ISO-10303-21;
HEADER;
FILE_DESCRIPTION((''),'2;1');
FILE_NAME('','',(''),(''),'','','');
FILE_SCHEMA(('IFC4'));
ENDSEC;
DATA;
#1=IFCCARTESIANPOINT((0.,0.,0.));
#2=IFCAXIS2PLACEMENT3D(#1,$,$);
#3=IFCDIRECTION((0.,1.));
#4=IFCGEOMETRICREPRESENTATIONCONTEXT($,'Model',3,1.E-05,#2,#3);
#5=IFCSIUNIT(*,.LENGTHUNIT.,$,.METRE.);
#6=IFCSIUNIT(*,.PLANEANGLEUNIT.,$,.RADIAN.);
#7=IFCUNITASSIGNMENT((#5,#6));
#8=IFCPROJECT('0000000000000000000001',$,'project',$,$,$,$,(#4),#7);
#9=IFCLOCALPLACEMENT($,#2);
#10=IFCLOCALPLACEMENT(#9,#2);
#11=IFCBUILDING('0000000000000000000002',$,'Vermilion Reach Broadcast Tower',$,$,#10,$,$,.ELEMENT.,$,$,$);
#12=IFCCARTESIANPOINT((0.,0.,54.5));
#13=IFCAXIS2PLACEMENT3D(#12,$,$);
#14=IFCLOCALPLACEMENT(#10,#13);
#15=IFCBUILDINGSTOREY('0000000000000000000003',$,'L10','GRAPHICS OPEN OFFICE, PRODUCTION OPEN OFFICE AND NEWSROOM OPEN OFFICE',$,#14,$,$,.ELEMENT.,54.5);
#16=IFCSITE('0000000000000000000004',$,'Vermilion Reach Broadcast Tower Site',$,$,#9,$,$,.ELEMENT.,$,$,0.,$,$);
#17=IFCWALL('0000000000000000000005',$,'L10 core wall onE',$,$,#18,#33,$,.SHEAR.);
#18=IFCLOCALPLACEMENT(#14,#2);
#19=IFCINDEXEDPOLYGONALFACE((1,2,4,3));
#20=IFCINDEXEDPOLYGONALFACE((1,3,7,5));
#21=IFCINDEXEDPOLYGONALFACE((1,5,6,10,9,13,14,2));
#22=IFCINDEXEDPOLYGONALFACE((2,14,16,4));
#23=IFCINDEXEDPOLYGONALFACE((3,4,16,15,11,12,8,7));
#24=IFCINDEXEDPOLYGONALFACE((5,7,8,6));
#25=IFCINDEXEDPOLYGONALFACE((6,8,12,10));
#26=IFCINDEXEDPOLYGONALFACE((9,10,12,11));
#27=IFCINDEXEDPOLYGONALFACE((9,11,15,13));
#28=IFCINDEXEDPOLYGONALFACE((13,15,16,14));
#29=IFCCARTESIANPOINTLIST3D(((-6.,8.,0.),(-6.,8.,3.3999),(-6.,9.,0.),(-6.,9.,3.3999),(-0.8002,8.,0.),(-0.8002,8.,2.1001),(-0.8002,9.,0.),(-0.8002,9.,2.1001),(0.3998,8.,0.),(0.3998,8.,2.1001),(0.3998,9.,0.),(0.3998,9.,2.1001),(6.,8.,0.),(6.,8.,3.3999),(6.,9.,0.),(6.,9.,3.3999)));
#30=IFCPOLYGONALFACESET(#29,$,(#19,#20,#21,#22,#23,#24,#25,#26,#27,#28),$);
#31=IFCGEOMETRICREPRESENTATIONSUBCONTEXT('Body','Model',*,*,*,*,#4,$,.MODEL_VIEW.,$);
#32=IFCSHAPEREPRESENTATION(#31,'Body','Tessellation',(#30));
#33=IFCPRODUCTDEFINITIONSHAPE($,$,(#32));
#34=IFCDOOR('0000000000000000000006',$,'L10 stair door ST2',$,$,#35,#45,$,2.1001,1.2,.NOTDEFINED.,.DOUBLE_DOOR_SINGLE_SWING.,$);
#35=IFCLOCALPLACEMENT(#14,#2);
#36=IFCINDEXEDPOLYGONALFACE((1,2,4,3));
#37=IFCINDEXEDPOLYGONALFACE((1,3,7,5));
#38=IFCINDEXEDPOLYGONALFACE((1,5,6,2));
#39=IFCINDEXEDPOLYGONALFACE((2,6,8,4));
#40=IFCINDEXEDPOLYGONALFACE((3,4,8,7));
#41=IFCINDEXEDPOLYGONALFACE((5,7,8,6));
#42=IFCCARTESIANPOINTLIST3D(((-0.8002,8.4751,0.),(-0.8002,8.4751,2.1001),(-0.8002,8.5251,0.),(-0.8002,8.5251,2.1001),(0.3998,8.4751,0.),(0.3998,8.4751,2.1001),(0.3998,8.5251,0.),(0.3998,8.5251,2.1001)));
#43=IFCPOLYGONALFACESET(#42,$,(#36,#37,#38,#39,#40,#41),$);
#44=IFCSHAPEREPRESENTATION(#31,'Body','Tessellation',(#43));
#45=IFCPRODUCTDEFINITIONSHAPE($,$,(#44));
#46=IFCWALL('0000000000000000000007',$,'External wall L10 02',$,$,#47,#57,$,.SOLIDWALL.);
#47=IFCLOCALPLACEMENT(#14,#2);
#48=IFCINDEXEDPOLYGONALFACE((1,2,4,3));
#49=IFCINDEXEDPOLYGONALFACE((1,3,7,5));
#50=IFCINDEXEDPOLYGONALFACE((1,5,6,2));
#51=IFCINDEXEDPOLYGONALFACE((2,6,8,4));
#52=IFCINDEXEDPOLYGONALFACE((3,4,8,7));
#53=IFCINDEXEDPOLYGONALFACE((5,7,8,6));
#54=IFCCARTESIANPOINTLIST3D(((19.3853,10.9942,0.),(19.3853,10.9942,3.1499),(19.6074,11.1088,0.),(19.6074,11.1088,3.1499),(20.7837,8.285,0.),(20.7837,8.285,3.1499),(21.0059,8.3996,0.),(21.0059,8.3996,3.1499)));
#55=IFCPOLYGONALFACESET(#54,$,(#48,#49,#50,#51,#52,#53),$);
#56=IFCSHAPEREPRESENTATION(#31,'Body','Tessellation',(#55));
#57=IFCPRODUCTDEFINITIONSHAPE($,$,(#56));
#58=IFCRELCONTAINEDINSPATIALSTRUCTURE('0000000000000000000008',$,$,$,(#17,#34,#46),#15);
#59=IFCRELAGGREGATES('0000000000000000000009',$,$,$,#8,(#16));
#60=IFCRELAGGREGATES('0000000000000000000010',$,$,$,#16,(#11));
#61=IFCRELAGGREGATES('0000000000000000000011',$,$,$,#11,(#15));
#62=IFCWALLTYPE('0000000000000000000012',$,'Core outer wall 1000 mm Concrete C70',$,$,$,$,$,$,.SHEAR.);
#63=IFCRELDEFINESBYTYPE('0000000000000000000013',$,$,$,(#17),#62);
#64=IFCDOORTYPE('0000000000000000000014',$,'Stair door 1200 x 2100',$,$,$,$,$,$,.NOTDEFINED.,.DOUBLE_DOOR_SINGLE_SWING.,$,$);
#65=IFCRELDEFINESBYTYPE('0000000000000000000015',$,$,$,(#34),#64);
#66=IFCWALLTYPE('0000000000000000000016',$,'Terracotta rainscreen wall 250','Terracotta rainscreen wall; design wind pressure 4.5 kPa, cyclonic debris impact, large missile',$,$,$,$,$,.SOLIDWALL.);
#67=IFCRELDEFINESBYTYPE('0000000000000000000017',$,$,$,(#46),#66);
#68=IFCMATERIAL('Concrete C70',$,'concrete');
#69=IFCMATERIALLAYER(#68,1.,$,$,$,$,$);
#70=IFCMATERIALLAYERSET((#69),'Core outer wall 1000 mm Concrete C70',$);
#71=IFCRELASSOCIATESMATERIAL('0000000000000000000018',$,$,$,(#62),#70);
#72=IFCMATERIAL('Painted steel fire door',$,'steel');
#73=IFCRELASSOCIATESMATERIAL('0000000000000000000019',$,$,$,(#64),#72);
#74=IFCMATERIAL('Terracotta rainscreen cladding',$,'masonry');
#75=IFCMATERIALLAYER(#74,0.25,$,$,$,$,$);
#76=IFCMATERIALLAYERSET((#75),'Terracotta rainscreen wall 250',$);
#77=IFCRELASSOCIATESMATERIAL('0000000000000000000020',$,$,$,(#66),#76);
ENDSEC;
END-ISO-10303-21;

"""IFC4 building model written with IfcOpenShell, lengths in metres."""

from ifc_helpers import new_model, si_unit, direction, frame, frame_2d, origin, place, context, subcontext, project, spatial, rectangle, extrude, material, layer, layer_set, type_object, element, fill, save


model = new_model("IFC4")

# Units and contexts
model_context = context("Model", 3, precision=1e-05, world=origin(), true_north=direction((0.0, 1.0)))
body_context = subcontext(model_context, "Body", "Model", "MODEL_VIEW")
ifc_project = project(units=[si_unit("LENGTHUNIT", "METRE"), si_unit("PLANEANGLEUNIT", "RADIAN")], contexts=[model_context])

# Site, building, storey
site_placement = place(None, origin())
site = spatial("IfcSite", under=ifc_project, at=site_placement, Name="Vermilion Reach Broadcast Tower Site", CompositionType="ELEMENT", RefElevation=0.0)
building_placement = place(site_placement, origin())
building = spatial("IfcBuilding", under=site, at=building_placement, Name="Vermilion Reach Broadcast Tower", CompositionType="ELEMENT")
storey_placement = place(building_placement, frame((0.0, 0.0, 54.5)))
storey = spatial("IfcBuildingStorey", under=building, at=storey_placement, Name="L10", Description="GRAPHICS OPEN OFFICE, PRODUCTION OPEN OFFICE AND NEWSROOM OPEN OFFICE", CompositionType="ELEMENT", Elevation=54.5)

# Wall, opening, door
ifc_material_1 = material(Name="Concrete C70", Category="concrete")
ifc_layer_1 = layer(ifc_material_1, 1.0)
ifc_layer_set_1 = layer_set([ifc_layer_1], Name="Core outer wall 1000 mm Concrete C70")
wall_type_1 = type_object("IfcWallType", Name="Core outer wall 1000 mm Concrete C70", PredefinedType="SHEAR", material=ifc_layer_set_1)
wall_1_placement = place(storey_placement, frame((6.0, 8.5, 0.0), z_axis=(0.0, 0.0, 1.0), x_axis=(-1.0, 0.0, 0.0)))
wall_1 = element("IfcWall", 1, at=wall_1_placement, inside=storey, type_object=wall_type_1, Name="L10 core wall onE", PredefinedType="SHEAR", context=body_context, shape_type="SweptSolid", body=[
    extrude(rectangle(XDim=12.0, YDim=1.0, at=frame_2d((6.0, 0.0))), origin(), (0.0, 0.0, 1.0), 3.3999),
])
opening_placement = place(wall_1_placement, frame((5.6001, 0.0, 0.0)))
opening = element("IfcOpeningElement", 2, at=opening_placement, cuts=wall_1, PredefinedType="OPENING", context=body_context, shape_type="SweptSolid", body=[
    extrude(rectangle(XDim=1.2, YDim=2.1001, at=frame_2d((0.6001, 1.05))), frame((0.0, 0.51, 0.0), z_axis=(0.0, -1.0, 0.0), x_axis=(1.0, 0.0, 0.0)), (0.0, 0.0, 1.0), 1.02),
])
ifc_material_2 = material(Name="Painted steel fire door", Category="steel")
door_type = type_object("IfcDoorType", Name="Stair door 1200 x 2100", OperationType="DOUBLE_DOOR_SINGLE_SWING", PredefinedType="NOTDEFINED", material=ifc_material_2)
door_placement = place(opening_placement, origin())
door = element("IfcDoor", 3, at=door_placement, inside=storey, type_object=door_type, Name="L10 stair door ST2", OperationType="DOUBLE_DOOR_SINGLE_SWING", OverallHeight=2.1001, OverallWidth=1.2, PredefinedType="NOTDEFINED", context=body_context, shape_type="SweptSolid", body=[
    extrude(rectangle(XDim=1.2, YDim=2.1001, at=frame_2d((0.6001, 1.05))), frame((0.0, 0.0249, 0.0), z_axis=(0.0, -1.0, 0.0), x_axis=(1.0, 0.0, 0.0)), (0.0, 0.0, 1.0), 0.05),
])
fill(opening, door)

# Wall
ifc_material_3 = material(Name="Terracotta rainscreen cladding", Category="masonry")
ifc_layer_2 = layer(ifc_material_3, 0.25)
ifc_layer_set_2 = layer_set([ifc_layer_2], Name="Terracotta rainscreen wall 250")
wall_type_2 = type_object("IfcWallType", Name="Terracotta rainscreen wall 250", Description="Terracotta rainscreen wall; design wind pressure 4.5 kPa, cyclonic debris impact, large missile", PredefinedType="SOLIDWALL", material=ifc_layer_set_2)
wall_2_placement = place(storey_placement, frame((20.8948, 8.3423, 0.0), z_axis=(0.0, 0.0, 1.0), x_axis=(-0.458676, 0.888604, 0.0)))
element("IfcWall", 4, at=wall_2_placement, inside=storey, type_object=wall_type_2, Name="External wall L10 02", PredefinedType="SOLIDWALL", context=body_context, shape_type="SweptSolid", body=[
    extrude(rectangle(XDim=3.0488, YDim=0.25, at=frame_2d((1.5244, 0.0))), origin(), (0.0, 0.0, 1.0), 3.1499),
])

save(model, "model.ifc")
